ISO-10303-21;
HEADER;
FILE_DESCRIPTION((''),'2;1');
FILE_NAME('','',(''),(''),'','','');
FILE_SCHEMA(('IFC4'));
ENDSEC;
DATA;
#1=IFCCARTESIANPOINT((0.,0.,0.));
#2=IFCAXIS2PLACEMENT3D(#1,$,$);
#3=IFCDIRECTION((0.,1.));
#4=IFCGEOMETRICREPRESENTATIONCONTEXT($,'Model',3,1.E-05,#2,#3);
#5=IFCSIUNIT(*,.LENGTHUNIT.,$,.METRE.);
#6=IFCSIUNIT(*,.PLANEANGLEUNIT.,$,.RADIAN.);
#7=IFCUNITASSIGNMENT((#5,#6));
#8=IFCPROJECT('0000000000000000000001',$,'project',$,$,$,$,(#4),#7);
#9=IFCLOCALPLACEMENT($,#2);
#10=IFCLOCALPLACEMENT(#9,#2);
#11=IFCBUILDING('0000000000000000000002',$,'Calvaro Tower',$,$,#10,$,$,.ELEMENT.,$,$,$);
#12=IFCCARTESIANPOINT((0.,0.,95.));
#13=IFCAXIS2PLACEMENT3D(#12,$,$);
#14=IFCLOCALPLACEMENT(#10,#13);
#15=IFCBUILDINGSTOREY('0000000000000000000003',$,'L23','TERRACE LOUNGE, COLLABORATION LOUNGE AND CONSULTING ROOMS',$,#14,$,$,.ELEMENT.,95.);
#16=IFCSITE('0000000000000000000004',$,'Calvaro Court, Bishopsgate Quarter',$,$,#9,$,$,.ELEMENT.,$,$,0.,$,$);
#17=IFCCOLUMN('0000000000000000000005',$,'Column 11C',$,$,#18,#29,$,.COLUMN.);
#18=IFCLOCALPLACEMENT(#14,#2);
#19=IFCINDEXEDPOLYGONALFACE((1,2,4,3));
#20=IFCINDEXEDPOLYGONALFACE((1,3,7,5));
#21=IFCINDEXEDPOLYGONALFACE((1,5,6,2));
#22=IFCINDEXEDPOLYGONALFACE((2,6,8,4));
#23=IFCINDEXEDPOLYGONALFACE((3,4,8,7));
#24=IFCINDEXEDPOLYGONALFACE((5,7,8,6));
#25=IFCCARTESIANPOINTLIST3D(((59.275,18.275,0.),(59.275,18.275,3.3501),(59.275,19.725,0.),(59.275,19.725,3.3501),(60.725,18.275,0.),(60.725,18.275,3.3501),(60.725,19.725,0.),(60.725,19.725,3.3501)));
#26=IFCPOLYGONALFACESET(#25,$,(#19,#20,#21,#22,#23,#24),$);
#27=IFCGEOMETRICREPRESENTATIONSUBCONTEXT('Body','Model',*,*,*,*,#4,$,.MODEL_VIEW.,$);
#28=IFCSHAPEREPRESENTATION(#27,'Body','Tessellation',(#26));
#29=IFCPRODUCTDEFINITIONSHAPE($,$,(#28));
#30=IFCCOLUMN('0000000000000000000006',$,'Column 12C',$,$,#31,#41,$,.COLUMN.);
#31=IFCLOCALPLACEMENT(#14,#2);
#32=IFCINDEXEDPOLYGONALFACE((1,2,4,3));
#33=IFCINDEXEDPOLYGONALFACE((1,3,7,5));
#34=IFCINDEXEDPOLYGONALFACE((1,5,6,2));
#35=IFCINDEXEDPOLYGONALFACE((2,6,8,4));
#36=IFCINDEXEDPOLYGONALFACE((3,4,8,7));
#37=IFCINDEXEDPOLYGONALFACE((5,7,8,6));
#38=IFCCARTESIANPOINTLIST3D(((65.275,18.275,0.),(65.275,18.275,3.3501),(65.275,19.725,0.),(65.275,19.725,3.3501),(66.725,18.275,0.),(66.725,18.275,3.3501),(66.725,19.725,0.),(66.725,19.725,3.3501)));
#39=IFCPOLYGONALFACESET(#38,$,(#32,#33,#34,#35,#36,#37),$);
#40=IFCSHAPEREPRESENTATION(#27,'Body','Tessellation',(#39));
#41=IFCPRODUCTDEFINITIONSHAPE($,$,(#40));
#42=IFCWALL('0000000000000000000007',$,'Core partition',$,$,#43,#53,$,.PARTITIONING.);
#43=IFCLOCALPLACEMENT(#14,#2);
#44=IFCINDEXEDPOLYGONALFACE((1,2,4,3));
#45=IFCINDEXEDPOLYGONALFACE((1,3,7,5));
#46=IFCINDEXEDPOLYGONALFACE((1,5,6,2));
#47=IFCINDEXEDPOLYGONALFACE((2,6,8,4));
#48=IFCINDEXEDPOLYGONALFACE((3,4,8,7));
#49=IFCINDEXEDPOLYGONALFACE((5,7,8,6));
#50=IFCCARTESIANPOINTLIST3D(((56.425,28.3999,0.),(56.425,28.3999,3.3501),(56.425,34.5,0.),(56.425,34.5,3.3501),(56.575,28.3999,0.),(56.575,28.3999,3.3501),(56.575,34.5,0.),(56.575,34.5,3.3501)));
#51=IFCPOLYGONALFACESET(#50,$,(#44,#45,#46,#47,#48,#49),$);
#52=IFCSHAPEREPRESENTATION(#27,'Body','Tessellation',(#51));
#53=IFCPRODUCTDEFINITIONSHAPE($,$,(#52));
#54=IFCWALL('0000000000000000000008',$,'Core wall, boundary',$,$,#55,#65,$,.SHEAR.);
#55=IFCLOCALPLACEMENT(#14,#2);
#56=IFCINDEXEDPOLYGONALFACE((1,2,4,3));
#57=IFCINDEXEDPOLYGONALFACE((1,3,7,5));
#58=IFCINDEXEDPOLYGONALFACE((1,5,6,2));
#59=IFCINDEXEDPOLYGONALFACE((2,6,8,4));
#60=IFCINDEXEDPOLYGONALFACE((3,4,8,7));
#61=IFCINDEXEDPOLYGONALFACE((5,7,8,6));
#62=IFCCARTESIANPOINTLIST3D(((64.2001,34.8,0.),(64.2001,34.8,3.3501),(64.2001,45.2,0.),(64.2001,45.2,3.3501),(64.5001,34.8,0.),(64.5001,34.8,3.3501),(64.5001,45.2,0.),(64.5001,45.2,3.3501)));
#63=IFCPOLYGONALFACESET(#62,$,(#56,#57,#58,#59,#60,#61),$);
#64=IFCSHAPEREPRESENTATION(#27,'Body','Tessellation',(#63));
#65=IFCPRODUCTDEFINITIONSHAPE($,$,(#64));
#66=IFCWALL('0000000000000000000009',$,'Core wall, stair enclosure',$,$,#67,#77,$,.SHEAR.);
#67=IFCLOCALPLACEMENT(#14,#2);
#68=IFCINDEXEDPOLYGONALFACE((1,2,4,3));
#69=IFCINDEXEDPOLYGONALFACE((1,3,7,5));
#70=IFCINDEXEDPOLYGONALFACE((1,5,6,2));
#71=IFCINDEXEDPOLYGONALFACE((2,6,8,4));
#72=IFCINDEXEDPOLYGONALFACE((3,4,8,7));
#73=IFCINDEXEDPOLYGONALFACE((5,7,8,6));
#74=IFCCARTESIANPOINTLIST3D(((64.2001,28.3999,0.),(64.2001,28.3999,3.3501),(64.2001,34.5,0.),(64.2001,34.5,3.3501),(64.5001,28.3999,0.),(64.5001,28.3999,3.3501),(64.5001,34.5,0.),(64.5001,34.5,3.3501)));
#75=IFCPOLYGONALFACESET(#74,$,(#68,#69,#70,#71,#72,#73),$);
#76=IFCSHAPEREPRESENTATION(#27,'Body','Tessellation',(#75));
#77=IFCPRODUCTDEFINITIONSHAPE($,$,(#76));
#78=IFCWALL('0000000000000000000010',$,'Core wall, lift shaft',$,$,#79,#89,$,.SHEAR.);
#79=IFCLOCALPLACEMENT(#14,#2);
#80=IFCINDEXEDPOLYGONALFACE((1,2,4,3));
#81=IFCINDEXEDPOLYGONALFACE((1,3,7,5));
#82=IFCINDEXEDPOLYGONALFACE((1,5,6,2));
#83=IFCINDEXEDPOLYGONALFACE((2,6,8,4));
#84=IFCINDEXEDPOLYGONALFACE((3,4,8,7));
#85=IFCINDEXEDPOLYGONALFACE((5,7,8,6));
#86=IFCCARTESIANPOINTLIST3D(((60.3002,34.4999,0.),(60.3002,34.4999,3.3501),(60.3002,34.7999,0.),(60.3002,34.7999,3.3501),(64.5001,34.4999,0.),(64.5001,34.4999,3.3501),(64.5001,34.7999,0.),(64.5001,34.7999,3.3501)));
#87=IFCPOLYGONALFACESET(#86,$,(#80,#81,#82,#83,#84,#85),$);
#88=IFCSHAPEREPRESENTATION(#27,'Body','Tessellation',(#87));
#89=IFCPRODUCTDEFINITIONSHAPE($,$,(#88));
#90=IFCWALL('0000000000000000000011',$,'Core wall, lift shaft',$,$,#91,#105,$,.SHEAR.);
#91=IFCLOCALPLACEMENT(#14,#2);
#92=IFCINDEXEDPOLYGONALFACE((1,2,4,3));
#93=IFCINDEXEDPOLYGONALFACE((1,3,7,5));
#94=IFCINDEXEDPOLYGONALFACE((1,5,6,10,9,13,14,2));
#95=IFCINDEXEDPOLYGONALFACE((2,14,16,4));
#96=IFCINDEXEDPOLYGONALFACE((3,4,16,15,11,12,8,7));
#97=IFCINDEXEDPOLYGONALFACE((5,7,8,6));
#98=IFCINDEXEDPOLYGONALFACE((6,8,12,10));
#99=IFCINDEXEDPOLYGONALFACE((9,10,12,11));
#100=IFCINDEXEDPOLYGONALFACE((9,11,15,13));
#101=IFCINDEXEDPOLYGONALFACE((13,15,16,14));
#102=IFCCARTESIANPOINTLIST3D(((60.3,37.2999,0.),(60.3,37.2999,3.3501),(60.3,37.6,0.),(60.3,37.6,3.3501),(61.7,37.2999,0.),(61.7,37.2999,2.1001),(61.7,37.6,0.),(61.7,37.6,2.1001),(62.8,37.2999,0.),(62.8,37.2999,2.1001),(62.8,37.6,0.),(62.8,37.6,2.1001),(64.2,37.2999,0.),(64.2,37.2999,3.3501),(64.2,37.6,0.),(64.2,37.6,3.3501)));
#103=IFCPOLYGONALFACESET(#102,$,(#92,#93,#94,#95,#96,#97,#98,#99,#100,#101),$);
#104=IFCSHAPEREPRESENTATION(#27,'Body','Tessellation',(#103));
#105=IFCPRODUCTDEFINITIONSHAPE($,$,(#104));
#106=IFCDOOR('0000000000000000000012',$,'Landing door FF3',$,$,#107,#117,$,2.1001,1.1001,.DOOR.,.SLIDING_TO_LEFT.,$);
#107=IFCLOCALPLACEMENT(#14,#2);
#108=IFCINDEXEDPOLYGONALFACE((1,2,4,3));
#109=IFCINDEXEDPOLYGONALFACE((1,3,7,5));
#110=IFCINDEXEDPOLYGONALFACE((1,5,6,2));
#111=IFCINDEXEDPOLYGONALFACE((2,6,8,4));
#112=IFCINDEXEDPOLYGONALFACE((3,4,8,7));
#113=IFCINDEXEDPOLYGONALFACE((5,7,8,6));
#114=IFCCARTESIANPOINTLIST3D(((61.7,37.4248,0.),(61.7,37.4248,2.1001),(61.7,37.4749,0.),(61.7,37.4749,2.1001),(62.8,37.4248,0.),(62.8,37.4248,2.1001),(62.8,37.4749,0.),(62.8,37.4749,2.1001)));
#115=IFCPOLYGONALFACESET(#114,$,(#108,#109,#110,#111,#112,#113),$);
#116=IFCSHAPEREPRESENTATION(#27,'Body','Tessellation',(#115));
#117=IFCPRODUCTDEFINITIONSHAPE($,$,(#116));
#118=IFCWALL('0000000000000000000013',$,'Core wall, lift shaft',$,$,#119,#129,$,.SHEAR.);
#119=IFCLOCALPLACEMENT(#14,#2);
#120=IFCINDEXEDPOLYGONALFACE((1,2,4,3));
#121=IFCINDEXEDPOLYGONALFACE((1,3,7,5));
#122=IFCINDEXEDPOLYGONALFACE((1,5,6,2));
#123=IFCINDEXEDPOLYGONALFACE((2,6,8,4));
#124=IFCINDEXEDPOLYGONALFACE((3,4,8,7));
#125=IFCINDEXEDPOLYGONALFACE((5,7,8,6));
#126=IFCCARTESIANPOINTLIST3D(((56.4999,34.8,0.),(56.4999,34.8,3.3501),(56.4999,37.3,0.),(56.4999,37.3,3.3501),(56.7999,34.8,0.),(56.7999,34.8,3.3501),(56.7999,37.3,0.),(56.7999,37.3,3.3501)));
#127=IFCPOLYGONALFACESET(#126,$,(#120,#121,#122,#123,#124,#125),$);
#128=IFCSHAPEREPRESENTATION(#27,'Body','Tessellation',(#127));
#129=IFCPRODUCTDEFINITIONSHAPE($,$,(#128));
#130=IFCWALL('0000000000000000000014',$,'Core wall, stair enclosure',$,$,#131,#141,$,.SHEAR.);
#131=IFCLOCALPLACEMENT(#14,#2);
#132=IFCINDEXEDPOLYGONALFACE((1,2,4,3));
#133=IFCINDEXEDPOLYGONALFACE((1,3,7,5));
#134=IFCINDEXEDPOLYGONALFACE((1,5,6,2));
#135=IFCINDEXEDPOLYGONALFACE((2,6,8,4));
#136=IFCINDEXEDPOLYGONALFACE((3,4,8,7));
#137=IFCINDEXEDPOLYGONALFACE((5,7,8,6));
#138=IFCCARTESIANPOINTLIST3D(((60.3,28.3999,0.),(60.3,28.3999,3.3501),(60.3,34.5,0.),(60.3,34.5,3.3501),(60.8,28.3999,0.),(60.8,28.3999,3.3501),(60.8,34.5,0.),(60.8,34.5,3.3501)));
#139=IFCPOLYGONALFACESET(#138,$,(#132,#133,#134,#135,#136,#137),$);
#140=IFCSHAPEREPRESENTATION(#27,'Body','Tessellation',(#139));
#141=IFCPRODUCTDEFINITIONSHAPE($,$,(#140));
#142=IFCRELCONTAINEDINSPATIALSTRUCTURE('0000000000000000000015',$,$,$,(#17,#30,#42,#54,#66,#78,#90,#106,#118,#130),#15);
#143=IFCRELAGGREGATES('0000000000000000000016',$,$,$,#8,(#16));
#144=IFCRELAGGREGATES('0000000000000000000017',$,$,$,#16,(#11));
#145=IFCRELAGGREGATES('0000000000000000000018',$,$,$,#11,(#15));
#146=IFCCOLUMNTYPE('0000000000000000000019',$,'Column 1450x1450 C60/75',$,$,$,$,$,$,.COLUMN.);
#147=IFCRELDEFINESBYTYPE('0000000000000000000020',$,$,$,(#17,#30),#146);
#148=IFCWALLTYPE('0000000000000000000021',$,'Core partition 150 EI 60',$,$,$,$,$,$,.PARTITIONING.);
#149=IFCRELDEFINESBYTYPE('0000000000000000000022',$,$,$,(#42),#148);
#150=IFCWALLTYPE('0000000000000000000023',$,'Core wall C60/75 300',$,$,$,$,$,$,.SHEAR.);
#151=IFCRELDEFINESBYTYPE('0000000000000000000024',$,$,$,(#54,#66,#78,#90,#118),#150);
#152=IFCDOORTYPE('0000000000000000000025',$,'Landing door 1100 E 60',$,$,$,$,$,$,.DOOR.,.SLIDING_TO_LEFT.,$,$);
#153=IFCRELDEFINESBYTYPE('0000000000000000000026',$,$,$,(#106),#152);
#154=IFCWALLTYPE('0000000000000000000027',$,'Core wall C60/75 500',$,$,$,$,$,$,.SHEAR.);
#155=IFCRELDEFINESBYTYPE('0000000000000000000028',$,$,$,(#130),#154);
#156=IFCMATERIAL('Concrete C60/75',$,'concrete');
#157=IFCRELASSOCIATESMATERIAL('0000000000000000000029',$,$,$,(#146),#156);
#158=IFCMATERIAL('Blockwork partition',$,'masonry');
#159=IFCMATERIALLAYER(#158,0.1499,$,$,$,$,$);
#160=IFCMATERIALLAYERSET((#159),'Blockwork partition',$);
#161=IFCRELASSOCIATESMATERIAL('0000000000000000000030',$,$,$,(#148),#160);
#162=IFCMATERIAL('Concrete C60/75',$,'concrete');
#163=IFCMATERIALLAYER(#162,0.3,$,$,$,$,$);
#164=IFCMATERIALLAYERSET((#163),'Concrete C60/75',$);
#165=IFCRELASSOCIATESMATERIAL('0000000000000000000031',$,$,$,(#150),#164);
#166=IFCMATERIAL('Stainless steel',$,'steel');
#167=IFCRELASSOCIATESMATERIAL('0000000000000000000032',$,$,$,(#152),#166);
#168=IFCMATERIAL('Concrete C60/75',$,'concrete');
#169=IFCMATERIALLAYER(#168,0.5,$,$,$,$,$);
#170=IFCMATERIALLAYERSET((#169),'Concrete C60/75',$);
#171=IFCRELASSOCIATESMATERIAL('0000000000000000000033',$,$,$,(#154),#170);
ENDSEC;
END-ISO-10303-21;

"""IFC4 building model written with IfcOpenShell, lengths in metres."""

from ifc_helpers import new_model, si_unit, direction, frame, frame_2d, origin, origin_2d, place, context, subcontext, project, spatial, rectangle, extrude, material, layer, layer_set, material_profile, profile_set, type_object, element, fill, save


model = new_model("IFC4")

# Units and contexts
model_context = context("Model", 3, precision=1e-05, world=origin(), true_north=direction((0.0, 1.0)))
body_context = subcontext(model_context, "Body", "Model", "MODEL_VIEW")
ifc_project = project(units=[si_unit("LENGTHUNIT", "METRE"), si_unit("PLANEANGLEUNIT", "RADIAN")], contexts=[model_context])

# Site, building, storey
site_placement = place(None, origin())
site = spatial("IfcSite", under=ifc_project, at=site_placement, Name="Calvaro Court, Bishopsgate Quarter", CompositionType="ELEMENT", RefElevation=0.0)
building_placement = place(site_placement, origin())
building = spatial("IfcBuilding", under=site, at=building_placement, Name="Calvaro Tower", CompositionType="ELEMENT")
storey_placement = place(building_placement, frame((0.0, 0.0, 95.0)))
storey = spatial("IfcBuildingStorey", under=building, at=storey_placement, Name="L23", Description="TERRACE LOUNGE, COLLABORATION LOUNGE AND CONSULTING ROOMS", CompositionType="ELEMENT", Elevation=95.0)

# Columns
ifc_material_1 = material(Name="Concrete C60/75", Category="concrete")
ifc_material_profile = material_profile(ifc_material_1, rectangle(XDim=1.45, YDim=1.45, at=origin_2d()), Name="RC 1450x1450")
ifc_profile_set = profile_set([ifc_material_profile], Name="Concrete C60/75")
column_type = type_object("IfcColumnType", Name="Column 1450x1450 C60/75", PredefinedType="COLUMN", material=ifc_profile_set)
for number, where, z_axis, x_axis, name in (
    (1, (60.0, 19.0, 0.0), (0.0, 0.0, 1.0), (1.0, 0.0, 0.0), "Column 11C"),
    (2, (66.0, 19.0, 0.0), (0.0, 0.0, 1.0), (1.0, 0.0, 0.0), "Column 12C"),
):
    element("IfcColumn", number, at=place(storey_placement, frame(where, z_axis=z_axis, x_axis=x_axis)), inside=storey, type_object=column_type, Name=name, PredefinedType="COLUMN", context=body_context, shape_type="SweptSolid", body=[
        extrude(rectangle(XDim=1.45, YDim=1.45, at=origin_2d()), origin(), (0.0, 0.0, 1.0), 3.3501),
    ])

# Walls
ifc_material_2 = material(Name="Blockwork partition", Category="masonry")
ifc_layer_1 = layer(ifc_material_2, 0.1499)
ifc_layer_set_1 = layer_set([ifc_layer_1], Name="Blockwork partition")
wall_type_1 = type_object("IfcWallType", Name="Core partition 150 EI 60", PredefinedType="PARTITIONING", material=ifc_layer_set_1)
wall_1_placement = place(storey_placement, frame((56.5, 28.3999, 0.0), z_axis=(0.0, 0.0, 1.0), x_axis=(0.0, 1.0, 0.0)))
element("IfcWall", 3, at=wall_1_placement, inside=storey, type_object=wall_type_1, Name="Core partition", PredefinedType="PARTITIONING", context=body_context, shape_type="SweptSolid", body=[
    extrude(rectangle(XDim=6.1001, YDim=0.1499, at=frame_2d((3.05, 0.0))), origin(), (0.0, 0.0, 1.0), 3.3501),
])
ifc_material_3 = material(Name="Concrete C60/75", Category="concrete")
ifc_layer_2 = layer(ifc_material_3, 0.3)
ifc_layer_set_2 = layer_set([ifc_layer_2], Name="Concrete C60/75")
wall_type_2 = type_object("IfcWallType", Name="Core wall C60/75 300", PredefinedType="SHEAR", material=ifc_layer_set_2)
wall_2_placement = place(storey_placement, frame((64.3501, 34.8, 0.0), z_axis=(0.0, 0.0, 1.0), x_axis=(0.0, 1.0, 0.0)))
element("IfcWall", 4, at=wall_2_placement, inside=storey, type_object=wall_type_2, Name="Core wall, boundary", PredefinedType="SHEAR", context=body_context, shape_type="SweptSolid", body=[
    extrude(rectangle(XDim=10.3999, YDim=0.3, at=frame_2d((5.2, 0.0))), origin(), (0.0, 0.0, 1.0), 3.3501),
])
wall_3_placement = place(storey_placement, frame((64.3501, 28.3999, 0.0), z_axis=(0.0, 0.0, 1.0), x_axis=(0.0, 1.0, 0.0)))
element("IfcWall", 5, at=wall_3_placement, inside=storey, type_object=wall_type_2, Name="Core wall, stair enclosure", PredefinedType="SHEAR", context=body_context, shape_type="SweptSolid", body=[
    extrude(rectangle(XDim=6.1001, YDim=0.3, at=frame_2d((3.05, 0.0))), origin(), (0.0, 0.0, 1.0), 3.3501),
])
wall_4_placement = place(storey_placement, frame((60.3, 34.6499, 0.0), z_axis=(0.0, 0.0, 1.0), x_axis=(1.0, 0.0, 0.0)))
element("IfcWall", 6, at=wall_4_placement, inside=storey, type_object=wall_type_2, Name="Core wall, lift shaft", PredefinedType="SHEAR", context=body_context, shape_type="SweptSolid", body=[
    extrude(rectangle(XDim=4.2, YDim=0.3, at=frame_2d((2.1001, 0.0))), origin(), (0.0, 0.0, 1.0), 3.3501),
])

# Wall, opening, door
wall_5_placement = place(storey_placement, frame((60.3, 37.45, 0.0), z_axis=(0.0, 0.0, 1.0), x_axis=(1.0, 0.0, 0.0)))
wall_5 = element("IfcWall", 7, at=wall_5_placement, inside=storey, type_object=wall_type_2, Name="Core wall, lift shaft", PredefinedType="SHEAR", context=body_context, shape_type="SweptSolid", body=[
    extrude(rectangle(XDim=3.8999, YDim=0.3, at=frame_2d((1.95, 0.0))), origin(), (0.0, 0.0, 1.0), 3.3501),
])
opening_1_placement = place(wall_5_placement, frame((1.3999, 0.0, 0.0)))
opening_1 = element("IfcOpeningElement", 8, at=opening_1_placement, cuts=wall_5, PredefinedType="OPENING", context=body_context, shape_type="SweptSolid", body=[
    extrude(rectangle(XDim=1.1001, YDim=2.1001, at=frame_2d((0.55, 1.05))), frame((0.0, 0.1599, 0.0), z_axis=(0.0, -1.0, 0.0), x_axis=(1.0, 0.0, 0.0)), (0.0, 0.0, 1.0), 0.3201),
])
ifc_material_4 = material(Name="Stainless steel", Category="steel")
door_type_1 = type_object("IfcDoorType", Name="Landing door 1100 E 60", OperationType="SLIDING_TO_LEFT", PredefinedType="DOOR", material=ifc_material_4)
door_1_placement = place(opening_1_placement, origin())
door_1 = element("IfcDoor", 9, at=door_1_placement, inside=storey, type_object=door_type_1, Name="Landing door FF3", OperationType="SLIDING_TO_LEFT", OverallHeight=2.1001, OverallWidth=1.1001, PredefinedType="DOOR", context=body_context, shape_type="SweptSolid", body=[
    extrude(rectangle(XDim=1.1001, YDim=2.1001, at=frame_2d((0.55, 1.05))), frame((0.0, 0.0249, 0.0), z_axis=(0.0, -1.0, 0.0), x_axis=(1.0, 0.0, 0.0)), (0.0, 0.0, 1.0), 0.05),
])
fill(opening_1, door_1)

# Walls
wall_6_placement = place(storey_placement, frame((56.6499, 34.8, 0.0), z_axis=(0.0, 0.0, 1.0), x_axis=(0.0, 1.0, 0.0)))
element("IfcWall", 10, at=wall_6_placement, inside=storey, type_object=wall_type_2, Name="Core wall, lift shaft", PredefinedType="SHEAR", context=body_context, shape_type="SweptSolid", body=[
    extrude(rectangle(XDim=2.5, YDim=0.3, at=frame_2d((1.25, 0.0))), origin(), (0.0, 0.0, 1.0), 3.3501),
])
ifc_material_5 = material(Name="Concrete C60/75", Category="concrete")
ifc_layer_3 = layer(ifc_material_5, 0.5)
ifc_layer_set_3 = layer_set([ifc_layer_3], Name="Concrete C60/75")
wall_type_3 = type_object("IfcWallType", Name="Core wall C60/75 500", PredefinedType="SHEAR", material=ifc_layer_set_3)
wall_7_placement = place(storey_placement, frame((60.55, 28.3999, 0.0), z_axis=(0.0, 0.0, 1.0), x_axis=(0.0, 1.0, 0.0)))
element("IfcWall", 11, at=wall_7_placement, inside=storey, type_object=wall_type_3, Name="Core wall, stair enclosure", PredefinedType="SHEAR", context=body_context, shape_type="SweptSolid", body=[
    extrude(rectangle(XDim=6.1001, YDim=0.5, at=frame_2d((3.05, 0.0))), origin(), (0.0, 0.0, 1.0), 3.3501),
])

save(model, "model.ifc")
